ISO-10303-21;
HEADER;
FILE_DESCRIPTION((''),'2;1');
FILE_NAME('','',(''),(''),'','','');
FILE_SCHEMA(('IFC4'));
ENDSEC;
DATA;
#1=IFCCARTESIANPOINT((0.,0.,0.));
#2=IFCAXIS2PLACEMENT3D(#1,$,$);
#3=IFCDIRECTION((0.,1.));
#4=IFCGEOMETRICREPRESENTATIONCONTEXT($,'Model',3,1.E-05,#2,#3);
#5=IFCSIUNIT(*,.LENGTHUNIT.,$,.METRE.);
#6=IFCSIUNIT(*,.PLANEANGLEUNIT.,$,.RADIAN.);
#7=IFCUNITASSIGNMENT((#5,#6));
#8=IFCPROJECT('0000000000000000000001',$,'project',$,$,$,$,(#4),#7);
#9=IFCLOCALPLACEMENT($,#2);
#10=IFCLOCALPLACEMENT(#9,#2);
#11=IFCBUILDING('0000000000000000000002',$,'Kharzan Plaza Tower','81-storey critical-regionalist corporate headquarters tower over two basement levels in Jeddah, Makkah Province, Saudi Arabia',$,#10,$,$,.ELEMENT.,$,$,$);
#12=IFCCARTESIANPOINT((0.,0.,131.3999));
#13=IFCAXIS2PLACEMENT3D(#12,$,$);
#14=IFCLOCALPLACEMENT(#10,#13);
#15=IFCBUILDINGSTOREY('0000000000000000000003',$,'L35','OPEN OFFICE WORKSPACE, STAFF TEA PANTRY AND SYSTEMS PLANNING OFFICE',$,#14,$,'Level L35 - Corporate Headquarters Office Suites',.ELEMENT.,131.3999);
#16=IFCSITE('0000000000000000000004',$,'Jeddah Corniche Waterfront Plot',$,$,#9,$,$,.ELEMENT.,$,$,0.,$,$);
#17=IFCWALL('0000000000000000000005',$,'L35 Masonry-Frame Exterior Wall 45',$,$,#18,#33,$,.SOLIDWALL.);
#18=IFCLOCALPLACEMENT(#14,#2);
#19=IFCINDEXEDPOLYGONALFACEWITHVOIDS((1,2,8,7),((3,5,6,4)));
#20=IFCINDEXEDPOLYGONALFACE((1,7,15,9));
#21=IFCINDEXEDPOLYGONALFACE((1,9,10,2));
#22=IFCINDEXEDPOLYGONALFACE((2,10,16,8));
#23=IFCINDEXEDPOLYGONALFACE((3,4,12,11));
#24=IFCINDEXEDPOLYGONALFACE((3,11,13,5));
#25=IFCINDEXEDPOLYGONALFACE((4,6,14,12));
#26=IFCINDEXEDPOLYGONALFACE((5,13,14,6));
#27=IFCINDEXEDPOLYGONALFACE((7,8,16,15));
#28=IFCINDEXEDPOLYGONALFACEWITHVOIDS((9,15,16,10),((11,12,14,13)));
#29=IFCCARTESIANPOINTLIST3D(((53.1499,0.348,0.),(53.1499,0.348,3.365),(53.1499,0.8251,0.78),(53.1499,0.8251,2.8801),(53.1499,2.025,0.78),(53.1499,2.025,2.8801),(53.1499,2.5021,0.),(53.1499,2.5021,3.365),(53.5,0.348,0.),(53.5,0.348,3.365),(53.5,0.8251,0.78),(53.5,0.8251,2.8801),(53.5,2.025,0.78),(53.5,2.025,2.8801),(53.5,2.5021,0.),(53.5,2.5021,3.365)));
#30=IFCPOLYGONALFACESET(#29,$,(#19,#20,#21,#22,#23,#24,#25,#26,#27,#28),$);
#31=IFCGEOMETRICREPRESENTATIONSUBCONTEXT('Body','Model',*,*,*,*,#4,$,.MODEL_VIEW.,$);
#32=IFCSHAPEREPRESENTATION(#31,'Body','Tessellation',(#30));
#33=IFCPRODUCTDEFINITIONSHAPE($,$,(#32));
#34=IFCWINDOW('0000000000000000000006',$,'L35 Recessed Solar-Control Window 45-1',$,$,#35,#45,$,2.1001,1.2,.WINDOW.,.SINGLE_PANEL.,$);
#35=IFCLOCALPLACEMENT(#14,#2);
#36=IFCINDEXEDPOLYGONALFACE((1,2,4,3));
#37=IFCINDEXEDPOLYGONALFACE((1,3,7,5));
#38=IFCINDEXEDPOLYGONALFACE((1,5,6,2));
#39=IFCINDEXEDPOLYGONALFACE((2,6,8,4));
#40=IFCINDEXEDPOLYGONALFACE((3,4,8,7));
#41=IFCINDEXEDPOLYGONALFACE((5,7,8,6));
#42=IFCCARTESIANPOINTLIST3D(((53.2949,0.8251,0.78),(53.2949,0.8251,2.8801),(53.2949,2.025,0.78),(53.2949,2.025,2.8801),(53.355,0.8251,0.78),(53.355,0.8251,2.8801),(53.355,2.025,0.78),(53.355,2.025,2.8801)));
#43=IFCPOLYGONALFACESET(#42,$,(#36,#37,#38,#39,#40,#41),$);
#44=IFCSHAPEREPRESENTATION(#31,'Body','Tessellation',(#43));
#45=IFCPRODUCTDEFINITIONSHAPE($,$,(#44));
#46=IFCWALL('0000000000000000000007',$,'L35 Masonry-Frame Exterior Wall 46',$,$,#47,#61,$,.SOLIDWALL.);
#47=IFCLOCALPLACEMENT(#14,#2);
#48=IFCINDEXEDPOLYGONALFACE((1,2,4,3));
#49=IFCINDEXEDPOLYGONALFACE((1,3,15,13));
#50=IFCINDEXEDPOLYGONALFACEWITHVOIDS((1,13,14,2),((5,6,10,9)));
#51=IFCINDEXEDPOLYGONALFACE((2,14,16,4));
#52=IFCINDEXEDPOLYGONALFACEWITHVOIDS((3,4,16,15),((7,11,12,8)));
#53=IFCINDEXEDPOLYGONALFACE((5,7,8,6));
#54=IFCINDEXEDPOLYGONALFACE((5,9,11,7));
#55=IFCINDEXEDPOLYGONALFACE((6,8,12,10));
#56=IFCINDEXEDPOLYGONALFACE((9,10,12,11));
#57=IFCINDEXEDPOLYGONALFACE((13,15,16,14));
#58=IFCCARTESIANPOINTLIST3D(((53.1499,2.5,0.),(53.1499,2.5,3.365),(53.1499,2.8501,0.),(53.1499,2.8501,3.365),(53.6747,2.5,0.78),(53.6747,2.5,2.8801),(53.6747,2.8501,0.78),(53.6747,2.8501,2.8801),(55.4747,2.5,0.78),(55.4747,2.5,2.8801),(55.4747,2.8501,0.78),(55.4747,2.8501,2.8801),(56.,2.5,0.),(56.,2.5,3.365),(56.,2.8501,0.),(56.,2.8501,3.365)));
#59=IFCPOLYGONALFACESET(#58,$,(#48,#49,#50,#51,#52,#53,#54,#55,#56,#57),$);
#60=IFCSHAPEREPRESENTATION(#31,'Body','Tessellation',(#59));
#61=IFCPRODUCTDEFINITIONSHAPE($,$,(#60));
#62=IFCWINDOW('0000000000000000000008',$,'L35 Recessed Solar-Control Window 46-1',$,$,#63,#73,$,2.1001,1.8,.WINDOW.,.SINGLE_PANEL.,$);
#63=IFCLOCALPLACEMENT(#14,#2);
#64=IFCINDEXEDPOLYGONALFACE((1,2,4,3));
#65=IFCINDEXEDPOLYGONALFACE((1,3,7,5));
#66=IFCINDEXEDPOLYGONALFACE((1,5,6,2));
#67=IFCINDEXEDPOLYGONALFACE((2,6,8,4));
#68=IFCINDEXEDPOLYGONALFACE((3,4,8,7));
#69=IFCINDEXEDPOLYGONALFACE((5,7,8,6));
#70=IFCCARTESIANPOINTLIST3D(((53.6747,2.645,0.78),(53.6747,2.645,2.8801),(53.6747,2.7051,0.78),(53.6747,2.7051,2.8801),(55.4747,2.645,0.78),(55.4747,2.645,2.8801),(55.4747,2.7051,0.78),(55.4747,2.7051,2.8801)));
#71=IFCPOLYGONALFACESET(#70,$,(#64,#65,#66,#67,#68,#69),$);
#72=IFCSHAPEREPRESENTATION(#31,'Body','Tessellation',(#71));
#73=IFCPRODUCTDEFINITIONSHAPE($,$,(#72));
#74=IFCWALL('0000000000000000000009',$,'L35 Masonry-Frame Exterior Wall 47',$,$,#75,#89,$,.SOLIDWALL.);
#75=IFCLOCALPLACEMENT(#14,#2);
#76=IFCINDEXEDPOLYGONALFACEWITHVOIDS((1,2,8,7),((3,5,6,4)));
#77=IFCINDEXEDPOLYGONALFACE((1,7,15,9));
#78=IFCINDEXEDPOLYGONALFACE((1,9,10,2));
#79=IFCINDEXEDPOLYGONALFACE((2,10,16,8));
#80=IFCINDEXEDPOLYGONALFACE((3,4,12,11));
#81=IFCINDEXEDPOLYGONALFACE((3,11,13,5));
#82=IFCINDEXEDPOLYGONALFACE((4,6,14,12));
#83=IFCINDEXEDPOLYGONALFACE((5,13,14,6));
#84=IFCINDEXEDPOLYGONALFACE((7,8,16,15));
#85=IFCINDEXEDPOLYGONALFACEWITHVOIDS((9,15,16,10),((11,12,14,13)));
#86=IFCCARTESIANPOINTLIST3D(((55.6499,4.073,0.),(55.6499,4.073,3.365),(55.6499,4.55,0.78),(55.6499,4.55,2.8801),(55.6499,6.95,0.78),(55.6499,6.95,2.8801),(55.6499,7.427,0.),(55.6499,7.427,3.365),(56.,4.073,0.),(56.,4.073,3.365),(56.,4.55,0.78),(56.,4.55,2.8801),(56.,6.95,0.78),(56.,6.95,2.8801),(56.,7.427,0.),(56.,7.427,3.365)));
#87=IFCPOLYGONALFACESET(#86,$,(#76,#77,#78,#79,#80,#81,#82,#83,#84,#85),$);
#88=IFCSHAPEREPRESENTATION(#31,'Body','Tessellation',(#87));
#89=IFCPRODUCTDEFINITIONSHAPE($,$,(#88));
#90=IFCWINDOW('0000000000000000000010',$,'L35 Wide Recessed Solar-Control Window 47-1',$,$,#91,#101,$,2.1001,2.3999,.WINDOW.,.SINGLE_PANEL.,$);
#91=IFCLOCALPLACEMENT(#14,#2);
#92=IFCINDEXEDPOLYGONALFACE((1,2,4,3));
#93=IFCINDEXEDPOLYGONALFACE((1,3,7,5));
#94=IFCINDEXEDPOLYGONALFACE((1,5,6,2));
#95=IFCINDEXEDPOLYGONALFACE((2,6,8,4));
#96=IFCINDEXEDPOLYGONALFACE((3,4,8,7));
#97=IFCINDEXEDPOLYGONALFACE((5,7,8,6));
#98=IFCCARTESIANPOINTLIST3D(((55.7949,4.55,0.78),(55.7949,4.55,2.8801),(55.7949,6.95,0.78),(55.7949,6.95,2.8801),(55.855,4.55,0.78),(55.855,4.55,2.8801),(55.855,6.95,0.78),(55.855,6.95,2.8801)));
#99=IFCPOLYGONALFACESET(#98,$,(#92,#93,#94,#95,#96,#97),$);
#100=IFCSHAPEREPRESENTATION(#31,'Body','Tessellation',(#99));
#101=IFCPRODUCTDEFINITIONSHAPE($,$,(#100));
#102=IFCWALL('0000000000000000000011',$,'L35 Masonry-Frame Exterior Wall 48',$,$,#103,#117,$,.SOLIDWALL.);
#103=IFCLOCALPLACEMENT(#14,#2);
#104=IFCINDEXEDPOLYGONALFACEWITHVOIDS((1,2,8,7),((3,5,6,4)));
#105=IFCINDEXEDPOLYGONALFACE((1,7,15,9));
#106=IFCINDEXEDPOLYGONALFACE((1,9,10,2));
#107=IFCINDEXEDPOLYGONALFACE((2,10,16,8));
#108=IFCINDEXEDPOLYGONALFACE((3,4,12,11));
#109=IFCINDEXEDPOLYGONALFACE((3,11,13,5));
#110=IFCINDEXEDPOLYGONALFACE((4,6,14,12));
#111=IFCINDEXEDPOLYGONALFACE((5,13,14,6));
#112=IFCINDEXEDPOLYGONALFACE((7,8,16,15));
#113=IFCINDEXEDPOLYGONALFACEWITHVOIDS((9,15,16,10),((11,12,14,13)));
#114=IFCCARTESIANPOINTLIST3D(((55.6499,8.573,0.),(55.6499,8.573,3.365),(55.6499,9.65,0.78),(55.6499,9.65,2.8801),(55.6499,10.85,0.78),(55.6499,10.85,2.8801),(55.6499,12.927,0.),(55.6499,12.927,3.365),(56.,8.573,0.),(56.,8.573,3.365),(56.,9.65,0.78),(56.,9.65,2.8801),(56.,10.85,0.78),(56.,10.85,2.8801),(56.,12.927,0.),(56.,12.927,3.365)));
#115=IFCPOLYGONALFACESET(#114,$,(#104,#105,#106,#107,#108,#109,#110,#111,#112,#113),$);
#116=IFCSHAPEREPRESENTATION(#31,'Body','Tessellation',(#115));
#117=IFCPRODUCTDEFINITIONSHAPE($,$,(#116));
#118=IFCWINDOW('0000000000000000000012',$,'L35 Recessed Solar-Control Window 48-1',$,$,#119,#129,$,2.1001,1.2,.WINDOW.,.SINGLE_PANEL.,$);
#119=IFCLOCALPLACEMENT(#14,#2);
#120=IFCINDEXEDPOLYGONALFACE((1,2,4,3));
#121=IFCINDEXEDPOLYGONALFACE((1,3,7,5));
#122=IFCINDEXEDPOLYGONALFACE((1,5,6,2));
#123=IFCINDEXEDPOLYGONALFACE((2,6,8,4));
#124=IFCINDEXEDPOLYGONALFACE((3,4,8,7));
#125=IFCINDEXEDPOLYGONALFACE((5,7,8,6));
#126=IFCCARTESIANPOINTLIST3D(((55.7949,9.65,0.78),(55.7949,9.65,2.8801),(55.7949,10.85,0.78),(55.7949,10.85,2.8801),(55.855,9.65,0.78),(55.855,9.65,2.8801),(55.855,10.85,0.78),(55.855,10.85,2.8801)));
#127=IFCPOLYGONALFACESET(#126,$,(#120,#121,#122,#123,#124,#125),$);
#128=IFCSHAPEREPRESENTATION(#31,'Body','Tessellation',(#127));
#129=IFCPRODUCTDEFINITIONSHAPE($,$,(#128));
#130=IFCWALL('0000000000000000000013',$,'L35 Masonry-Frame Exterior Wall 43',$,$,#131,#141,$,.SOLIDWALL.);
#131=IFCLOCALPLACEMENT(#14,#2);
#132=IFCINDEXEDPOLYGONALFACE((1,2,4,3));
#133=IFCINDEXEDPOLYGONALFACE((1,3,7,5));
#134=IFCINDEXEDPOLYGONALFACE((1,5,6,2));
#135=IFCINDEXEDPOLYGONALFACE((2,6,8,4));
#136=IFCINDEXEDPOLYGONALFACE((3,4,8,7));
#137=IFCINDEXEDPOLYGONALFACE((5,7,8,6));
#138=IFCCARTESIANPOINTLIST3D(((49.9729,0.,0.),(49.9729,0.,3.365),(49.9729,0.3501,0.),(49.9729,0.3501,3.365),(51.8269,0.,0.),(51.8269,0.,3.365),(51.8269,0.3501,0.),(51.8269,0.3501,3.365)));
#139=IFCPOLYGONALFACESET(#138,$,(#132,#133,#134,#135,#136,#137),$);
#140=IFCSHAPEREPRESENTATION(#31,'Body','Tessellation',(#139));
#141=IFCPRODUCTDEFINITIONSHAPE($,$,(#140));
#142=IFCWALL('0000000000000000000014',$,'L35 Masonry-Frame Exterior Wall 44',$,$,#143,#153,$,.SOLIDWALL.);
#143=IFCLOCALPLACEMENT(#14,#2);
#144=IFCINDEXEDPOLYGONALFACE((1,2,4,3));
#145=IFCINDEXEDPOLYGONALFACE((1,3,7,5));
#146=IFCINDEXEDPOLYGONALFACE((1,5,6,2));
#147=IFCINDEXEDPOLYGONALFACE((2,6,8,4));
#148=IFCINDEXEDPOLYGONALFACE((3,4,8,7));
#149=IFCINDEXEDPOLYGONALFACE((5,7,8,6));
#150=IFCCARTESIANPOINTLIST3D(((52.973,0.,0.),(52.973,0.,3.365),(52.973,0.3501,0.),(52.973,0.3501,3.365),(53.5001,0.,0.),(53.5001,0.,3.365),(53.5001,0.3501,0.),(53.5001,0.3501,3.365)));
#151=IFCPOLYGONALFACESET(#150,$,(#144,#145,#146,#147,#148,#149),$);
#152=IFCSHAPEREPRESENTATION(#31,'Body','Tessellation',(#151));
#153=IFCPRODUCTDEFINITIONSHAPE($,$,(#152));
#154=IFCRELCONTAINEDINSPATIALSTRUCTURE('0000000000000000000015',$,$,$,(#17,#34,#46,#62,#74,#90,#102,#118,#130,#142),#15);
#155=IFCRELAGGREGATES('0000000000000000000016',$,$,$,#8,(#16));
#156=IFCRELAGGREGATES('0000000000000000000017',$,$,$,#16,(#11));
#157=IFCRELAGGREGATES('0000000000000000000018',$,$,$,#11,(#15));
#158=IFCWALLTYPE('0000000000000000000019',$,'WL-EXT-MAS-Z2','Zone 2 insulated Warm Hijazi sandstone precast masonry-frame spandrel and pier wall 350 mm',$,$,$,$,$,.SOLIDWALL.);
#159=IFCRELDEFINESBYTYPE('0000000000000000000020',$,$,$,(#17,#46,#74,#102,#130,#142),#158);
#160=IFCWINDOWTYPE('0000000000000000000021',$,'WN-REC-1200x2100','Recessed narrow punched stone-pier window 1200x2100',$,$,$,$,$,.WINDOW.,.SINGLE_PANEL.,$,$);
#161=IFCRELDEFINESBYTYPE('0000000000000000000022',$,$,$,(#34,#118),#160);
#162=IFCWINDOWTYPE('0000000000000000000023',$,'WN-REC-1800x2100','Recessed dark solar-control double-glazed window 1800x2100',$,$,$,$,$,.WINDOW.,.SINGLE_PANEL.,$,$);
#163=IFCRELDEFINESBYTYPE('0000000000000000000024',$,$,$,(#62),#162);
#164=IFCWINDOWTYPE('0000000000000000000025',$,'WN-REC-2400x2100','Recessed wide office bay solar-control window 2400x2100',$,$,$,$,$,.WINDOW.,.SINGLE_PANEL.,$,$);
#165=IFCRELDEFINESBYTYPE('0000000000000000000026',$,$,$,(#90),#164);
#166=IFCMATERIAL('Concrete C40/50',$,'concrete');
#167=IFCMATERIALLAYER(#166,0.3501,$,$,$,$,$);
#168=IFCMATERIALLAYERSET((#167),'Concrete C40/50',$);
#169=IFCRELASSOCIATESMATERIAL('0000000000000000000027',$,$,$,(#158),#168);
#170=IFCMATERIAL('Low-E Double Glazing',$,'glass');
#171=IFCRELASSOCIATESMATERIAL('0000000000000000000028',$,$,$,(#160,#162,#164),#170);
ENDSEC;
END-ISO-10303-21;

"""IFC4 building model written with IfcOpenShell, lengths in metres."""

from ifc_helpers import new_model, si_unit, direction, frame, frame_2d, origin, place, context, subcontext, project, spatial, rectangle, extrude, source, transform, mapped, material, layer, layer_set, type_object, element, fill, save


model = new_model("IFC4")

# Units and contexts
model_context = context("Model", 3, precision=1e-05, world=origin(), true_north=direction((0.0, 1.0)))
body_context = subcontext(model_context, "Body", "Model", "MODEL_VIEW")
ifc_project = project(units=[si_unit("LENGTHUNIT", "METRE"), si_unit("PLANEANGLEUNIT", "RADIAN")], contexts=[model_context])

# Site, building, storey
site_placement = place(None, origin())
site = spatial("IfcSite", under=ifc_project, at=site_placement, Name="Jeddah Corniche Waterfront Plot", CompositionType="ELEMENT", RefElevation=0.0)
building_placement = place(site_placement, origin())
building = spatial("IfcBuilding", under=site, at=building_placement, Name="Kharzan Plaza Tower", Description="81-storey critical-regionalist corporate headquarters tower over two basement levels in Jeddah, Makkah Province, Saudi Arabia", CompositionType="ELEMENT")
storey_placement = place(building_placement, frame((0.0, 0.0, 131.3999)))
storey = spatial("IfcBuildingStorey", under=building, at=storey_placement, Name="L35", Description="OPEN OFFICE WORKSPACE, STAFF TEA PANTRY AND SYSTEMS PLANNING OFFICE", LongName="Level L35 - Corporate Headquarters Office Suites", CompositionType="ELEMENT", Elevation=131.3999)

# Walls, openings, windows
ifc_material_1 = material(Name="Concrete C40/50", Category="concrete")
ifc_layer = layer(ifc_material_1, 0.3501)
ifc_layer_set = layer_set([ifc_layer], Name="Concrete C40/50")
wall_type = type_object("IfcWallType", Name="WL-EXT-MAS-Z2", Description="Zone 2 insulated Warm Hijazi sandstone precast masonry-frame spandrel and pier wall 350 mm", PredefinedType="SOLIDWALL", material=ifc_layer_set)
wall_1_placement = place(storey_placement, frame((53.325, 0.3479, 0.0), z_axis=(0.0, 0.0, 1.0), x_axis=(0.0, 1.0, 0.0)))
wall_1 = element("IfcWall", 1, at=wall_1_placement, inside=storey, type_object=wall_type, Name="L35 Masonry-Frame Exterior Wall 45", PredefinedType="SOLIDWALL", context=body_context, shape_type="SweptSolid", body=[
    extrude(rectangle(XDim=2.1541, YDim=0.3501, at=frame_2d((1.0771, 0.0))), origin(), (0.0, 0.0, 1.0), 3.365),
])
opening_1_placement = place(wall_1_placement, frame((0.4771, 0.0, 0.78)))
opening_1 = element("IfcOpeningElement", 2, at=opening_1_placement, cuts=wall_1, PredefinedType="OPENING", context=body_context, shape_type="SweptSolid", body=[
    extrude(rectangle(XDim=1.2, YDim=2.1001, at=frame_2d((0.6001, 1.05))), frame((0.0, 0.1851, 0.0), z_axis=(0.0, -1.0, 0.0), x_axis=(1.0, 0.0, 0.0)), (0.0, 0.0, 1.0), 0.3701),
])
ifc_material_2 = material(Name="Low-E Double Glazing", Category="glass")
window_type_1 = type_object("IfcWindowType", Name="WN-REC-1200x2100", Description="Recessed narrow punched stone-pier window 1200x2100", PartitioningType="SINGLE_PANEL", PredefinedType="WINDOW", material=ifc_material_2)
shared_shape_1 = source(origin(), body_context, "Body", "SweptSolid", [
    extrude(rectangle(XDim=1.2, YDim=2.1001, at=frame_2d((0.6001, 1.05))), frame((0.0, 0.03, 0.0), z_axis=(0.0, -1.0, 0.0), x_axis=(1.0, 0.0, 0.0)), (0.0, 0.0, 1.0), 0.0601),
])
window_1_placement = place(opening_1_placement, origin())
window_1 = element("IfcWindow", 3, at=window_1_placement, inside=storey, type_object=window_type_1, Name="L35 Recessed Solar-Control Window 45-1", OverallHeight=2.1001, OverallWidth=1.2, PartitioningType="SINGLE_PANEL", PredefinedType="WINDOW", context=body_context, shape_type="MappedRepresentation", body=[
    mapped(shared_shape_1, transform((0.0, 0.0, 0.0), x_axis=(1.0, 0.0, 0.0), y_axis=(0.0, 1.0, 0.0), z_axis=(0.0, 0.0, 1.0))),
])
fill(opening_1, window_1)
wall_2_placement = place(storey_placement, frame((53.1499, 2.675, 0.0), z_axis=(0.0, 0.0, 1.0), x_axis=(1.0, 0.0, 0.0)))
wall_2 = element("IfcWall", 4, at=wall_2_placement, inside=storey, type_object=wall_type, Name="L35 Masonry-Frame Exterior Wall 46", PredefinedType="SOLIDWALL", context=body_context, shape_type="SweptSolid", body=[
    extrude(rectangle(XDim=2.8501, YDim=0.3501, at=frame_2d((1.425, 0.0))), origin(), (0.0, 0.0, 1.0), 3.365),
])
opening_2_placement = place(wall_2_placement, frame((0.5249, 0.0, 0.78)))
opening_2 = element("IfcOpeningElement", 5, at=opening_2_placement, cuts=wall_2, PredefinedType="OPENING", context=body_context, shape_type="SweptSolid", body=[
    extrude(rectangle(XDim=1.8, YDim=2.1001, at=frame_2d((0.8999, 1.05))), frame((0.0, 0.1851, 0.0), z_axis=(0.0, -1.0, 0.0), x_axis=(1.0, 0.0, 0.0)), (0.0, 0.0, 1.0), 0.3701),
])
window_type_2 = type_object("IfcWindowType", Name="WN-REC-1800x2100", Description="Recessed dark solar-control double-glazed window 1800x2100", PartitioningType="SINGLE_PANEL", PredefinedType="WINDOW", material=ifc_material_2)
shared_shape_2 = source(origin(), body_context, "Body", "SweptSolid", [
    extrude(rectangle(XDim=1.8, YDim=2.1001, at=frame_2d((0.8999, 1.05))), frame((0.0, 0.03, 0.0), z_axis=(0.0, -1.0, 0.0), x_axis=(1.0, 0.0, 0.0)), (0.0, 0.0, 1.0), 0.0601),
])
window_2_placement = place(opening_2_placement, origin())
window_2 = element("IfcWindow", 6, at=window_2_placement, inside=storey, type_object=window_type_2, Name="L35 Recessed Solar-Control Window 46-1", OverallHeight=2.1001, OverallWidth=1.8, PartitioningType="SINGLE_PANEL", PredefinedType="WINDOW", context=body_context, shape_type="MappedRepresentation", body=[
    mapped(shared_shape_2, transform((0.0, 0.0, 0.0), x_axis=(1.0, 0.0, 0.0), y_axis=(0.0, 1.0, 0.0), z_axis=(0.0, 0.0, 1.0))),
])
fill(opening_2, window_2)
wall_3_placement = place(storey_placement, frame((55.825, 4.073, 0.0), z_axis=(0.0, 0.0, 1.0), x_axis=(0.0, 1.0, 0.0)))
wall_3 = element("IfcWall", 7, at=wall_3_placement, inside=storey, type_object=wall_type, Name="L35 Masonry-Frame Exterior Wall 47", PredefinedType="SOLIDWALL", context=body_context, shape_type="SweptSolid", body=[
    extrude(rectangle(XDim=3.354, YDim=0.3501, at=frame_2d((1.677, 0.0))), origin(), (0.0, 0.0, 1.0), 3.365),
])
opening_3_placement = place(wall_3_placement, frame((0.4771, 0.0, 0.78)))
opening_3 = element("IfcOpeningElement", 8, at=opening_3_placement, cuts=wall_3, PredefinedType="OPENING", context=body_context, shape_type="SweptSolid", body=[
    extrude(rectangle(XDim=2.3999, YDim=2.1001, at=frame_2d((1.2, 1.05))), frame((0.0, 0.1851, 0.0), z_axis=(0.0, -1.0, 0.0), x_axis=(1.0, 0.0, 0.0)), (0.0, 0.0, 1.0), 0.3701),
])
window_type_3 = type_object("IfcWindowType", Name="WN-REC-2400x2100", Description="Recessed wide office bay solar-control window 2400x2100", PartitioningType="SINGLE_PANEL", PredefinedType="WINDOW", material=ifc_material_2)
shared_shape_3 = source(origin(), body_context, "Body", "SweptSolid", [
    extrude(rectangle(XDim=2.3999, YDim=2.1001, at=frame_2d((1.2, 1.05))), frame((0.0, 0.03, 0.0), z_axis=(0.0, -1.0, 0.0), x_axis=(1.0, 0.0, 0.0)), (0.0, 0.0, 1.0), 0.0601),
])
window_3_placement = place(opening_3_placement, origin())
window_3 = element("IfcWindow", 9, at=window_3_placement, inside=storey, type_object=window_type_3, Name="L35 Wide Recessed Solar-Control Window 47-1", OverallHeight=2.1001, OverallWidth=2.3999, PartitioningType="SINGLE_PANEL", PredefinedType="WINDOW", context=body_context, shape_type="MappedRepresentation", body=[
    mapped(shared_shape_3, transform((0.0, 0.0, 0.0), x_axis=(1.0, 0.0, 0.0), y_axis=(0.0, 1.0, 0.0), z_axis=(0.0, 0.0, 1.0))),
])
fill(opening_3, window_3)
wall_4_placement = place(storey_placement, frame((55.825, 8.573, 0.0), z_axis=(0.0, 0.0, 1.0), x_axis=(0.0, 1.0, 0.0)))
wall_4 = element("IfcWall", 10, at=wall_4_placement, inside=storey, type_object=wall_type, Name="L35 Masonry-Frame Exterior Wall 48", PredefinedType="SOLIDWALL", context=body_context, shape_type="SweptSolid", body=[
    extrude(rectangle(XDim=4.354, YDim=0.3501, at=frame_2d((2.177, 0.0))), origin(), (0.0, 0.0, 1.0), 3.365),
])
opening_4_placement = place(wall_4_placement, frame((1.0769, 0.0, 0.78)))
opening_4 = element("IfcOpeningElement", 11, at=opening_4_placement, cuts=wall_4, PredefinedType="OPENING", context=body_context, shape_type="SweptSolid", body=[
    extrude(rectangle(XDim=1.2, YDim=2.1001, at=frame_2d((0.6001, 1.05))), frame((0.0, 0.1851, 0.0), z_axis=(0.0, -1.0, 0.0), x_axis=(1.0, 0.0, 0.0)), (0.0, 0.0, 1.0), 0.3701),
])
window_4_placement = place(opening_4_placement, origin())
window_4 = element("IfcWindow", 12, at=window_4_placement, inside=storey, type_object=window_type_1, Name="L35 Recessed Solar-Control Window 48-1", OverallHeight=2.1001, OverallWidth=1.2, PartitioningType="SINGLE_PANEL", PredefinedType="WINDOW", context=body_context, shape_type="MappedRepresentation", body=[
    mapped(shared_shape_1, transform((0.0, 0.0, 0.0), x_axis=(1.0, 0.0, 0.0), y_axis=(0.0, 1.0, 0.0), z_axis=(0.0, 0.0, 1.0))),
])
fill(opening_4, window_4)

# Walls
shared_shape_4 = source(origin(), body_context, "Body", "SweptSolid", [
    extrude(rectangle(XDim=1.854, YDim=0.3501, at=frame_2d((0.927, 0.0))), origin(), (0.0, 0.0, 1.0), 3.365),
])
wall_5_placement = place(storey_placement, frame((49.9729, 0.175, 0.0), z_axis=(0.0, 0.0, 1.0), x_axis=(1.0, 0.0, 0.0)))
element("IfcWall", 13, at=wall_5_placement, inside=storey, type_object=wall_type, Name="L35 Masonry-Frame Exterior Wall 43", PredefinedType="SOLIDWALL", context=body_context, shape_type="MappedRepresentation", body=[
    mapped(shared_shape_4, transform((0.0, 0.0, 0.0), x_axis=(1.0, 0.0, 0.0), y_axis=(0.0, 1.0, 0.0), z_axis=(0.0, 0.0, 1.0))),
])
shared_shape_5 = source(origin(), body_context, "Body", "SweptSolid", [
    extrude(rectangle(XDim=0.5271, YDim=0.3501, at=frame_2d((0.2637, 0.0))), origin(), (0.0, 0.0, 1.0), 3.365),
])
wall_6_placement = place(storey_placement, frame((52.9729, 0.175, 0.0), z_axis=(0.0, 0.0, 1.0), x_axis=(1.0, 0.0, 0.0)))
element("IfcWall", 14, at=wall_6_placement, inside=storey, type_object=wall_type, Name="L35 Masonry-Frame Exterior Wall 44", PredefinedType="SOLIDWALL", context=body_context, shape_type="MappedRepresentation", body=[
    mapped(shared_shape_5, transform((0.0, 0.0, 0.0), x_axis=(1.0, 0.0, 0.0), y_axis=(0.0, 1.0, 0.0), z_axis=(0.0, 0.0, 1.0))),
])

save(model, "model.ifc")
